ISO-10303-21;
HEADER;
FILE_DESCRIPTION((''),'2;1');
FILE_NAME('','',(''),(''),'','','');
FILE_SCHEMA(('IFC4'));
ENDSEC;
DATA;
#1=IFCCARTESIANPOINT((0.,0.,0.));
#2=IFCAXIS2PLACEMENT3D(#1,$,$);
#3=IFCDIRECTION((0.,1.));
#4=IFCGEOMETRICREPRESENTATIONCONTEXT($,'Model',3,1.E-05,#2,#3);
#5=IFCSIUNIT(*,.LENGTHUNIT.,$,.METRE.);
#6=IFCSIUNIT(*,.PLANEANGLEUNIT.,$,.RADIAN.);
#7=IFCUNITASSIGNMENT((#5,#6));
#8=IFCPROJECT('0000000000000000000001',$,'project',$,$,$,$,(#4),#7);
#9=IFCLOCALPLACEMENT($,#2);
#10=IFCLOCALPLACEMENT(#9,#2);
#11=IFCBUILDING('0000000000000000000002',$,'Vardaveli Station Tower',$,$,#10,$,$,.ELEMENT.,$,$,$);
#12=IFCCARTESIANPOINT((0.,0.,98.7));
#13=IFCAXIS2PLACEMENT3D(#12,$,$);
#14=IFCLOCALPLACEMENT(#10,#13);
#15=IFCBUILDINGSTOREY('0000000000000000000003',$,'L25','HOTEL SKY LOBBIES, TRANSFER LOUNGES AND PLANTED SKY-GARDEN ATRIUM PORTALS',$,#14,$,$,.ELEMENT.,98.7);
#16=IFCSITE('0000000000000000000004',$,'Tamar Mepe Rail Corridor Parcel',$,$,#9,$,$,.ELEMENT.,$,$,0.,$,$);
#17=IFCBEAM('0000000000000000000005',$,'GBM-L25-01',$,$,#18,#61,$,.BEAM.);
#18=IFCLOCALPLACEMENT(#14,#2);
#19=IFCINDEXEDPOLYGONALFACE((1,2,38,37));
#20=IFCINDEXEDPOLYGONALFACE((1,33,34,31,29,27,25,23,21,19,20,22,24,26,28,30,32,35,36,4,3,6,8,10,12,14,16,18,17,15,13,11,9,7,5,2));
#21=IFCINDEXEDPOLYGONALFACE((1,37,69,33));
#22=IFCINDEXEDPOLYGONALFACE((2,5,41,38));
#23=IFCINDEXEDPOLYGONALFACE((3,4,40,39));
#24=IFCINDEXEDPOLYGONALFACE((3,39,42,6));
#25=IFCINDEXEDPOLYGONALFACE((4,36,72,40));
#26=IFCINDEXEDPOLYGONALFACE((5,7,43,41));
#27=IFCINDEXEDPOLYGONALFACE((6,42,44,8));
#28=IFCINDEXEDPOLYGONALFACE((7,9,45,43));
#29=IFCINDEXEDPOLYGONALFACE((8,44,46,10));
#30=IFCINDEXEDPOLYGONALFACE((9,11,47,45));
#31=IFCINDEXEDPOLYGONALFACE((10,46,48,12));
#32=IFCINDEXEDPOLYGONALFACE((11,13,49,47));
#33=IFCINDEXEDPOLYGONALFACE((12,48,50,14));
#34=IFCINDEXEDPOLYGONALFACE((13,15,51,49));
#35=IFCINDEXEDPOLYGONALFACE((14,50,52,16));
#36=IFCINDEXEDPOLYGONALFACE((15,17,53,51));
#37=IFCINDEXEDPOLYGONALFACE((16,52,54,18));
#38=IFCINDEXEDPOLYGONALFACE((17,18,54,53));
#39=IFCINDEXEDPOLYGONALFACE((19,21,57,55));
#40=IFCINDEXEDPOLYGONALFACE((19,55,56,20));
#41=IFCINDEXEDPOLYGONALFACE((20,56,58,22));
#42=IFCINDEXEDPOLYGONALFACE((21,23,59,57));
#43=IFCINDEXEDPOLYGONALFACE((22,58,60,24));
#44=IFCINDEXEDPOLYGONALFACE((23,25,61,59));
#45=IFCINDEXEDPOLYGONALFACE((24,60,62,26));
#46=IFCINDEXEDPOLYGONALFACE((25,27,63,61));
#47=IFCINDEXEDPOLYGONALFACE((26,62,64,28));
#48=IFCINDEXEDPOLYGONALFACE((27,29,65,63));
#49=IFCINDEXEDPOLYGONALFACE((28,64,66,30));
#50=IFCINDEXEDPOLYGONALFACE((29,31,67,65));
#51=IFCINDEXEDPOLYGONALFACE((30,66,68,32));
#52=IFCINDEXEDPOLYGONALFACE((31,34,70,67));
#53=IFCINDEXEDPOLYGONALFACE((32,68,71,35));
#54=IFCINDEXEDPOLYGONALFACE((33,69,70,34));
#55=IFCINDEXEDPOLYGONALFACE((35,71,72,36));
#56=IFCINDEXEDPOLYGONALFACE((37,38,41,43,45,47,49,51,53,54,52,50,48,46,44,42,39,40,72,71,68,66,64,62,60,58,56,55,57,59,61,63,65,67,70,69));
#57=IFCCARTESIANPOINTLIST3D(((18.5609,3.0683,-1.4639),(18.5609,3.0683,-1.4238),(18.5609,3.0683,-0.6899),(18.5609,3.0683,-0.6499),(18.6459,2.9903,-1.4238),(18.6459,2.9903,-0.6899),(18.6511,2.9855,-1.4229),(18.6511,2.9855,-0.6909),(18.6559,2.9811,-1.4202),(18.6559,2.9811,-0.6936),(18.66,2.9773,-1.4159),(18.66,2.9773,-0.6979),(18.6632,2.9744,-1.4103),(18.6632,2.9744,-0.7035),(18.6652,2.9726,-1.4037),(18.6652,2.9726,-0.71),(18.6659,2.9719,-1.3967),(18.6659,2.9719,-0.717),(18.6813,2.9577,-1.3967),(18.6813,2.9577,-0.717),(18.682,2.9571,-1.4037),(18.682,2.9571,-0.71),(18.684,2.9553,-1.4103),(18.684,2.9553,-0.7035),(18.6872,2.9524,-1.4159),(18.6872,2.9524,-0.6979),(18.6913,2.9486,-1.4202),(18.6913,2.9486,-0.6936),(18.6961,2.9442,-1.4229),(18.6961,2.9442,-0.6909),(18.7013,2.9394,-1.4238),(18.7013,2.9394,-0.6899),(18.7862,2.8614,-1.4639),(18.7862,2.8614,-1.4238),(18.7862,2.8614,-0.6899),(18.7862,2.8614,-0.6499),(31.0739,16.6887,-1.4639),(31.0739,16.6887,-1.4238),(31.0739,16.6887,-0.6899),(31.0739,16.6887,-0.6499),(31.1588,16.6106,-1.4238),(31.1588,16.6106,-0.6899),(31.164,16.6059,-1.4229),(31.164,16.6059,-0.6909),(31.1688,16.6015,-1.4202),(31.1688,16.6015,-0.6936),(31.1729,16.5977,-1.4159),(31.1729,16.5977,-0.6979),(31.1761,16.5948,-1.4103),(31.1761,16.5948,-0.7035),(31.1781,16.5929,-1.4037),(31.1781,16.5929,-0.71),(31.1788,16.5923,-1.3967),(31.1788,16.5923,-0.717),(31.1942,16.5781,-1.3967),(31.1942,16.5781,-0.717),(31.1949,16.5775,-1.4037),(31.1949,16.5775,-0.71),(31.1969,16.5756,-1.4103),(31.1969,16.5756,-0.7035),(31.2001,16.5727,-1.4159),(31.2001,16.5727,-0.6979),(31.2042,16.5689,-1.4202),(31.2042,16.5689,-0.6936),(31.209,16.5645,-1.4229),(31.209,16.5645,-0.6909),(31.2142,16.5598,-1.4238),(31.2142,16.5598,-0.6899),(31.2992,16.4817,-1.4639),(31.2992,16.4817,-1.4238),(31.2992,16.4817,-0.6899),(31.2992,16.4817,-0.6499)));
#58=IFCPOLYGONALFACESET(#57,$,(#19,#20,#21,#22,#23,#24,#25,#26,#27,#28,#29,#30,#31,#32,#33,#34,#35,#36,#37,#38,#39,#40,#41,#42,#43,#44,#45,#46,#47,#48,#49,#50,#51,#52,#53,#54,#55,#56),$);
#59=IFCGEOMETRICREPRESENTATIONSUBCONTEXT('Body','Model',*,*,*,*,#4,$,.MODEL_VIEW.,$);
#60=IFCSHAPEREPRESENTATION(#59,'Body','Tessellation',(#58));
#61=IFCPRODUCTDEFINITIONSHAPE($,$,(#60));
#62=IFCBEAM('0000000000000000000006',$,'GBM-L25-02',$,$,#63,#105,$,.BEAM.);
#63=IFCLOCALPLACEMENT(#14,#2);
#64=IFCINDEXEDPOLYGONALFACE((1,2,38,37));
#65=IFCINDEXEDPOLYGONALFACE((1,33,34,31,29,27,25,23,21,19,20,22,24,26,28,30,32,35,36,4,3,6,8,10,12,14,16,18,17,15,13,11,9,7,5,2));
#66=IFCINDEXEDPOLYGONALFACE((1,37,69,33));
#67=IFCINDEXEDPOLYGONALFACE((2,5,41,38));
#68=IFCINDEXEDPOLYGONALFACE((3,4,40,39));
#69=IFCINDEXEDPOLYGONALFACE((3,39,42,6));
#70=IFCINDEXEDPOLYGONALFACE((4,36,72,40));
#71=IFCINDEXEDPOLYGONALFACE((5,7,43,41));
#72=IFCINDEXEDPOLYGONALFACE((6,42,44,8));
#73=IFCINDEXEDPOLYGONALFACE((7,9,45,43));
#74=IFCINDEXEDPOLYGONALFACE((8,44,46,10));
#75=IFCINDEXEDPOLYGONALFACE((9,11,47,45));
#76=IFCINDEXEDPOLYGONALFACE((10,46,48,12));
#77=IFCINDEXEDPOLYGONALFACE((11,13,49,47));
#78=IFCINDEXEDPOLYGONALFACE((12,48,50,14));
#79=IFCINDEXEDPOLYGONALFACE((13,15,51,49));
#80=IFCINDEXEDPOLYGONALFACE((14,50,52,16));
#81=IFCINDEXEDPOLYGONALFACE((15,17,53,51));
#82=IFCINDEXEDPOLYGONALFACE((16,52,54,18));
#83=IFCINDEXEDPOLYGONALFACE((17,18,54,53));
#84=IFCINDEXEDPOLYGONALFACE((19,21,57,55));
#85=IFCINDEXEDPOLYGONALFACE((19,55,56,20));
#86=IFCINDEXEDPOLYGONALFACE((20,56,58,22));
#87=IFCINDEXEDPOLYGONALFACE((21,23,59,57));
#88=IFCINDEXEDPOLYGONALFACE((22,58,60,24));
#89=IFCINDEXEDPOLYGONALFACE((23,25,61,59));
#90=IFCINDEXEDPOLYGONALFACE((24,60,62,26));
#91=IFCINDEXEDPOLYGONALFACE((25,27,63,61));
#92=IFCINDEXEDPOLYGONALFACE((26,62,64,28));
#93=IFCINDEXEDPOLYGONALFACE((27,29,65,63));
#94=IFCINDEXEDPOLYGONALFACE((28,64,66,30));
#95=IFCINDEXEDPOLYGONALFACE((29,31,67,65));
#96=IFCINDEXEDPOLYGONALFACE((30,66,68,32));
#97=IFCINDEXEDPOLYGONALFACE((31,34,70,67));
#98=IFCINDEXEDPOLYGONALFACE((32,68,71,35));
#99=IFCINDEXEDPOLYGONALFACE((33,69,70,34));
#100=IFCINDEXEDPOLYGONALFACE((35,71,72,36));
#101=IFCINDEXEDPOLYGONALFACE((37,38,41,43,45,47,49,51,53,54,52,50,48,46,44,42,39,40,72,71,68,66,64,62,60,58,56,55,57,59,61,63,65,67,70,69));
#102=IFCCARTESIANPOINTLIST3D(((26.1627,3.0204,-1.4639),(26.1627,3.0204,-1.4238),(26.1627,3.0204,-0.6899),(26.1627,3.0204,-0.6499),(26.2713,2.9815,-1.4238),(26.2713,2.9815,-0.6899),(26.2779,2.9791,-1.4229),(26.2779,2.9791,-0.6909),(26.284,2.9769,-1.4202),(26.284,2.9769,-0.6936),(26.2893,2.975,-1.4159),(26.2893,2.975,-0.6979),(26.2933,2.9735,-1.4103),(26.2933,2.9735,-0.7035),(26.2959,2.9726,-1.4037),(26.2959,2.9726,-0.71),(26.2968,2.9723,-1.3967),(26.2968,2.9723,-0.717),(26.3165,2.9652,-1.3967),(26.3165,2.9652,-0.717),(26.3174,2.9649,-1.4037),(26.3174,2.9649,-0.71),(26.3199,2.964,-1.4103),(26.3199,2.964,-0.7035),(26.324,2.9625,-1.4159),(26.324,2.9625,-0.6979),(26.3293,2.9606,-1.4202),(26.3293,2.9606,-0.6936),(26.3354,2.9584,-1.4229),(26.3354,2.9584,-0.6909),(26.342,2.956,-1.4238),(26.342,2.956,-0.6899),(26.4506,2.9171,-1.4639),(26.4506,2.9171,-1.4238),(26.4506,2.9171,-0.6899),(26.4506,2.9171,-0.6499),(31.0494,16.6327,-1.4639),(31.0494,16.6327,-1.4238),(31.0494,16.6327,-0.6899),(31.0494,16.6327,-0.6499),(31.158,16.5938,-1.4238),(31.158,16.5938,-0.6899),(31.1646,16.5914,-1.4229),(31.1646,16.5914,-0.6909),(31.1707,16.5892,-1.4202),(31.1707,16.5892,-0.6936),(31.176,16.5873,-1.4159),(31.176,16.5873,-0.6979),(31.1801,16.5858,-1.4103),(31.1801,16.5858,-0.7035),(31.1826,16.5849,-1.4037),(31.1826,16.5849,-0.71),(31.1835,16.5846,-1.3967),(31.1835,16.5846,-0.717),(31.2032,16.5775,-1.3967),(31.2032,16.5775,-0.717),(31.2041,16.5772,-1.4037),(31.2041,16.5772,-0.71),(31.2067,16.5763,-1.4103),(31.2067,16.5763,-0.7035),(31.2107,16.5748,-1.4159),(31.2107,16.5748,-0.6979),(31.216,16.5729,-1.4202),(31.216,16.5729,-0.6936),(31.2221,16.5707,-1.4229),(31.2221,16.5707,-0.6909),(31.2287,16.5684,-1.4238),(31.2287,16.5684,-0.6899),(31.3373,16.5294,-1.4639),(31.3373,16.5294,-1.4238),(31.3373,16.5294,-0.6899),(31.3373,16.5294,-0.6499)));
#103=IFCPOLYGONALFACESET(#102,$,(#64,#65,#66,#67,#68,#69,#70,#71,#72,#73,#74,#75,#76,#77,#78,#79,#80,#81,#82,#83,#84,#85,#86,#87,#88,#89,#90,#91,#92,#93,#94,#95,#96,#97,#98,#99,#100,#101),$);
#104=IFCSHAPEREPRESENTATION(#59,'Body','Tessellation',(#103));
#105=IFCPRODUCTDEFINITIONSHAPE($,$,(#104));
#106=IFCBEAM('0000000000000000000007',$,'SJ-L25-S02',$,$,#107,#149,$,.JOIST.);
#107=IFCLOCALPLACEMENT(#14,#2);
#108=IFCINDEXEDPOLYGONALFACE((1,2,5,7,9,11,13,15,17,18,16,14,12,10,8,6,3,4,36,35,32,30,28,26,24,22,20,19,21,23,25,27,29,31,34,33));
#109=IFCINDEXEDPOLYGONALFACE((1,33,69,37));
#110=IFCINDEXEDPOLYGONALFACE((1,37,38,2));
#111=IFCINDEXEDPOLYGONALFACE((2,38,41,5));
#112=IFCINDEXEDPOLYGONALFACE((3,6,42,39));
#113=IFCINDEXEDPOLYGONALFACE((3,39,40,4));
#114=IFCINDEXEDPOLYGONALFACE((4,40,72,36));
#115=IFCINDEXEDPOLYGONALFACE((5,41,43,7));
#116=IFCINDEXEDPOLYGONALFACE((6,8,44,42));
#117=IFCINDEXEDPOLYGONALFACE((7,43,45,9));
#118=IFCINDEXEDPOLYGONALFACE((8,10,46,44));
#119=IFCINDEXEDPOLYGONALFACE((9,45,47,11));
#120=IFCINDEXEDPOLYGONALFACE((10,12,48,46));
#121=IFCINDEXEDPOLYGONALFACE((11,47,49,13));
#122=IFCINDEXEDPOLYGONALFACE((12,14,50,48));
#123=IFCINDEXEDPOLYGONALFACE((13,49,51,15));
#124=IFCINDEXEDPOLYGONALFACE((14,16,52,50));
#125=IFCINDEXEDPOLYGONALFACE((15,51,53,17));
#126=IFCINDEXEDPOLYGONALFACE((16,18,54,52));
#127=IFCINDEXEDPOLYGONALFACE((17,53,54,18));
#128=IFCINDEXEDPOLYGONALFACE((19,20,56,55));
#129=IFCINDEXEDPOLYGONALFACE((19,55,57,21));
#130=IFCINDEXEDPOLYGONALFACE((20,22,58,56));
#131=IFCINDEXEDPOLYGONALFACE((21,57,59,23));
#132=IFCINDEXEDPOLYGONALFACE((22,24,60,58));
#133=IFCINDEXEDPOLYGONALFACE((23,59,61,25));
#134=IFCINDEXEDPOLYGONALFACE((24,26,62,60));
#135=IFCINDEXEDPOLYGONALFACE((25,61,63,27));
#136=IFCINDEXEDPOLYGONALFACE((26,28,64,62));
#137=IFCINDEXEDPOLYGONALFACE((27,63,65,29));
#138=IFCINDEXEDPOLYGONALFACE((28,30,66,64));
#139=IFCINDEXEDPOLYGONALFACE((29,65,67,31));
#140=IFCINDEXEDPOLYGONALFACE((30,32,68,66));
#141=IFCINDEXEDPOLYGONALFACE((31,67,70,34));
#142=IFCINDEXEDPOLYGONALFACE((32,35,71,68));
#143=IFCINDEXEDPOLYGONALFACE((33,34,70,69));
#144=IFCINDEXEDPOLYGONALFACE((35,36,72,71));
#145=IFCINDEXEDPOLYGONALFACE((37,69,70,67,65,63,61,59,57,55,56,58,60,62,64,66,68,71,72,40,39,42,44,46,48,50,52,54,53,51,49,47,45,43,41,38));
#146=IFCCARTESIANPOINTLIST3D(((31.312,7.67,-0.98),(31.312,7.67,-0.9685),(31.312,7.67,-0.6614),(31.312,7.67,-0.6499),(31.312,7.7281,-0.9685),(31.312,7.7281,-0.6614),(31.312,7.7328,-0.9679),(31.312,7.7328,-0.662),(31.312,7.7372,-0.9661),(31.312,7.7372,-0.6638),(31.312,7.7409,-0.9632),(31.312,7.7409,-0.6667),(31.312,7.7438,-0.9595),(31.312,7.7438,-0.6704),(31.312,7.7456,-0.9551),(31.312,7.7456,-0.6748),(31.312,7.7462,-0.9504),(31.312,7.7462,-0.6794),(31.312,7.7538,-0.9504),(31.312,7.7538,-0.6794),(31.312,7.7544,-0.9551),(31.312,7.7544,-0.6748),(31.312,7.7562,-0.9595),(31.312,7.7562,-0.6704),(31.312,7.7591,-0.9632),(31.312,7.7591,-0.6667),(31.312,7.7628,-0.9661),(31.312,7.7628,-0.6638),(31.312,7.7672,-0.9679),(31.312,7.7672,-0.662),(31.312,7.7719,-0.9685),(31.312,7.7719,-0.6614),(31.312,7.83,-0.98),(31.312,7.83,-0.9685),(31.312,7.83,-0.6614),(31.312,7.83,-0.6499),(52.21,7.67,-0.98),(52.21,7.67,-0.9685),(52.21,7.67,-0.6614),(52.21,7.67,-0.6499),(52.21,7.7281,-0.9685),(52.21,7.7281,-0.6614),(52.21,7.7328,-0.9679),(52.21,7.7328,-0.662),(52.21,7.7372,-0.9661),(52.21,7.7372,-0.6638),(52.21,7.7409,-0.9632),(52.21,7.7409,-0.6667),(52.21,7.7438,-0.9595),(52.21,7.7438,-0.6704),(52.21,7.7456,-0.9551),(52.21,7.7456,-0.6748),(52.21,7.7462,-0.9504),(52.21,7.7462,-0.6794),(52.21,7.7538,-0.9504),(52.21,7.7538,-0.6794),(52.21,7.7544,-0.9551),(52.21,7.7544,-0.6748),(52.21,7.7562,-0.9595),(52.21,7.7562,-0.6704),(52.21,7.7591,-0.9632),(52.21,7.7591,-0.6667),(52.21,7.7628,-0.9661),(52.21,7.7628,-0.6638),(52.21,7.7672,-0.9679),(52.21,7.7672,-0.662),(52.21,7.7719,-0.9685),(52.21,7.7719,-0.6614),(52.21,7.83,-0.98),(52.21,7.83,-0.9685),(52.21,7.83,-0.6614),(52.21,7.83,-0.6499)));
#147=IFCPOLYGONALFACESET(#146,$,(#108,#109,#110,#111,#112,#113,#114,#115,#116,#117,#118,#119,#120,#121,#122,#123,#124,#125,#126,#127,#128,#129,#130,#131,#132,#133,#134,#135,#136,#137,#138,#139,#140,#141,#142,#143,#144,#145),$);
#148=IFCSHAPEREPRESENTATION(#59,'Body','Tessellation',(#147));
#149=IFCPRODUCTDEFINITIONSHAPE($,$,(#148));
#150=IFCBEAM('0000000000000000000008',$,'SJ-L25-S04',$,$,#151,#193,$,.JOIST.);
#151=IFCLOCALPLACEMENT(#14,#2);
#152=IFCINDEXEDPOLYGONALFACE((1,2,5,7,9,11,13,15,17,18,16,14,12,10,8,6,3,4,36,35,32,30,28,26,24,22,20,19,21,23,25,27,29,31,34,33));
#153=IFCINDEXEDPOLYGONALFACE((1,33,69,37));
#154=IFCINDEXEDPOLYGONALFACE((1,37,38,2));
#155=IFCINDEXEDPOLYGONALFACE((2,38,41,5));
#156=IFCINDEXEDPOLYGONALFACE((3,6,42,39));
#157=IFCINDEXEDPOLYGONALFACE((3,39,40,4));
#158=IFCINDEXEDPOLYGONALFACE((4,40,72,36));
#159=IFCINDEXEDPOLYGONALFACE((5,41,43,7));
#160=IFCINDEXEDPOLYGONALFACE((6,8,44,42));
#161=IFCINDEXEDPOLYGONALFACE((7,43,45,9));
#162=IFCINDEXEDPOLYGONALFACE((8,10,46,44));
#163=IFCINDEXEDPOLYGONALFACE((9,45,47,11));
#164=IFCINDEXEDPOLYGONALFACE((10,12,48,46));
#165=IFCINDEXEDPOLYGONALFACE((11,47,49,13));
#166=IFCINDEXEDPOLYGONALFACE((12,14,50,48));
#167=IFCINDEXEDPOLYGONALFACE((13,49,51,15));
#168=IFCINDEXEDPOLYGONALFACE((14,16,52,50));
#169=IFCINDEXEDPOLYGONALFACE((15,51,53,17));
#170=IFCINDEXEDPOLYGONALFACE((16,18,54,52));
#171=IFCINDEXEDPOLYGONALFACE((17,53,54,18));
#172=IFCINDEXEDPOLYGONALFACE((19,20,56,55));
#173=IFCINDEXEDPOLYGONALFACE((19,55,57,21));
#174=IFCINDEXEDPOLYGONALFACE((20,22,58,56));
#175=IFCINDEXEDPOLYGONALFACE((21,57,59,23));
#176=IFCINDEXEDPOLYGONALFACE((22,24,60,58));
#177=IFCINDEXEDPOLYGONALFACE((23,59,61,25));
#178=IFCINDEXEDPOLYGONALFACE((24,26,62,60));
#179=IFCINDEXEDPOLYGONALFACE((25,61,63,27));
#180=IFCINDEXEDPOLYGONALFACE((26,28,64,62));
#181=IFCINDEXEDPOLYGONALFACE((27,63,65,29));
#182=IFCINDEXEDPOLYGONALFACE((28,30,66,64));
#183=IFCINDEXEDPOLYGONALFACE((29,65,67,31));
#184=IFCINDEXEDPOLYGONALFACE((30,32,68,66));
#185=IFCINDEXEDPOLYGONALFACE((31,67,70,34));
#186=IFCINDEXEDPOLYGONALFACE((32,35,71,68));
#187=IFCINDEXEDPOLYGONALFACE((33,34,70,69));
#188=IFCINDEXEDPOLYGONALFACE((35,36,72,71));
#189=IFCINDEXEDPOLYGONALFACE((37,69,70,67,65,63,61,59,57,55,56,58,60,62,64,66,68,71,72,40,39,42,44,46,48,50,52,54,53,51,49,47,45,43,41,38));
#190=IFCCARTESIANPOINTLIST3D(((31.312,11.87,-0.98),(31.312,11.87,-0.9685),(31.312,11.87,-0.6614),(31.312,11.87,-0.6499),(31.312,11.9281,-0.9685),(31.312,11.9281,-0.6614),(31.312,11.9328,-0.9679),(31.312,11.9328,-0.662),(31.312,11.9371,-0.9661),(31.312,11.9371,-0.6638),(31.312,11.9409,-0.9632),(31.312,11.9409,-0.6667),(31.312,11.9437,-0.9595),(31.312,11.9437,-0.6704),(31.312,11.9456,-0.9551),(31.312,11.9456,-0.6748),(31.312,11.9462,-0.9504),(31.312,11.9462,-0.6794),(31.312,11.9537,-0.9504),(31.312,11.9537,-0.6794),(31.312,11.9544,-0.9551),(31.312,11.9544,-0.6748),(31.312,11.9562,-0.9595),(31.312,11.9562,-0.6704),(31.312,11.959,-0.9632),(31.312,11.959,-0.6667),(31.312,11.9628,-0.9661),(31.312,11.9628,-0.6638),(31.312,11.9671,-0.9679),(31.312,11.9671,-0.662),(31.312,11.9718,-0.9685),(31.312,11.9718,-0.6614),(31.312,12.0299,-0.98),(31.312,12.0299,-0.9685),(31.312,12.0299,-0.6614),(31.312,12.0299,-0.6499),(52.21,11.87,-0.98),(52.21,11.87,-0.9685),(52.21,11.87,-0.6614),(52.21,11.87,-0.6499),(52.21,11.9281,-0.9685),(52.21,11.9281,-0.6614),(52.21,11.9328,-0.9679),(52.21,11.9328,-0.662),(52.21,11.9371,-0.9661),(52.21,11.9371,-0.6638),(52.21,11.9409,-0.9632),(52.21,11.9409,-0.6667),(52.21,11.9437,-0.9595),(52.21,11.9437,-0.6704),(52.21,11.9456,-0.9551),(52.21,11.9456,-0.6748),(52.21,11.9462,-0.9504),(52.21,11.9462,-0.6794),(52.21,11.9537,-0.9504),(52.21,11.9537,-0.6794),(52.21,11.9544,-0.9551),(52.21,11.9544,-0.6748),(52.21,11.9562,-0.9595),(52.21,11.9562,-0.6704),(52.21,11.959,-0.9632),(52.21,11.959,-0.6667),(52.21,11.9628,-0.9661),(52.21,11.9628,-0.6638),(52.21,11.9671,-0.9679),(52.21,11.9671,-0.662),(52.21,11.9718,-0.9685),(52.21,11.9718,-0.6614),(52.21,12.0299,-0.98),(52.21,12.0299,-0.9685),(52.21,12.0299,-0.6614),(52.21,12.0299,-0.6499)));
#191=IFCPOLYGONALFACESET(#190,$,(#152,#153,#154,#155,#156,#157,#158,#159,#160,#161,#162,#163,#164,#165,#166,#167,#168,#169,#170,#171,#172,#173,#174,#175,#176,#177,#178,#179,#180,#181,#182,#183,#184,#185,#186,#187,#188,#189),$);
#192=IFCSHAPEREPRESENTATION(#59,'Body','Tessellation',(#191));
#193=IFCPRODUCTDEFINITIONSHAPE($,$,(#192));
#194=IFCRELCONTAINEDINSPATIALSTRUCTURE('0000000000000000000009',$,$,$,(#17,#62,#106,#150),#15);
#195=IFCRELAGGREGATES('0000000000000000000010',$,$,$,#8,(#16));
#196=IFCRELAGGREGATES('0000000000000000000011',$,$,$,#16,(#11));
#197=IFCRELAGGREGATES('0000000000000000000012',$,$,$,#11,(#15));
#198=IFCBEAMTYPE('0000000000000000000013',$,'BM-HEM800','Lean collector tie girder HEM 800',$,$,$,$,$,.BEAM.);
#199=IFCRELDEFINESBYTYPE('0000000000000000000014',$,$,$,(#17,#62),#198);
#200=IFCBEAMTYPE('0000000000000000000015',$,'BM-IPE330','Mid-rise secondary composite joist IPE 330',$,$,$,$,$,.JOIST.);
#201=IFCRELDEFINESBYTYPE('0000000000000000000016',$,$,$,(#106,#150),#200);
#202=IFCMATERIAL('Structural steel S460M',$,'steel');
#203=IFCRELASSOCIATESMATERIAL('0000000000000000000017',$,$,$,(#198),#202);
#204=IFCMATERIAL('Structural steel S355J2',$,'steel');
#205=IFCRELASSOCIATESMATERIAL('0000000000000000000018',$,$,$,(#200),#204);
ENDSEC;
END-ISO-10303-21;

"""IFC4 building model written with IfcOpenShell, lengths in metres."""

from ifc_helpers import new_model, si_unit, direction, frame, origin, origin_2d, place, context, subcontext, project, spatial, i_section, extrude, source, transform, mapped, material, material_profile, profile_set, type_object, element, save


model = new_model("IFC4")

# Units and contexts
model_context = context("Model", 3, precision=1e-05, world=origin(), true_north=direction((0.0, 1.0)))
body_context = subcontext(model_context, "Body", "Model", "MODEL_VIEW")
ifc_project = project(units=[si_unit("LENGTHUNIT", "METRE"), si_unit("PLANEANGLEUNIT", "RADIAN")], contexts=[model_context])

# Site, building, storey
site_placement = place(None, origin())
site = spatial("IfcSite", under=ifc_project, at=site_placement, Name="Tamar Mepe Rail Corridor Parcel", CompositionType="ELEMENT", RefElevation=0.0)
building_placement = place(site_placement, origin())
building = spatial("IfcBuilding", under=site, at=building_placement, Name="Vardaveli Station Tower", CompositionType="ELEMENT")
storey_placement = place(building_placement, frame((0.0, 0.0, 98.7)))
storey = spatial("IfcBuildingStorey", under=building, at=storey_placement, Name="L25", Description="HOTEL SKY LOBBIES, TRANSFER LOUNGES AND PLANTED SKY-GARDEN ATRIUM PORTALS", CompositionType="ELEMENT", Elevation=98.7)

# Shared definitions
ifc_material_1 = material(Name="Structural steel S460M", Category="steel")

# Beams
ifc_material_2 = material(Name="Structural steel S355J2", Category="steel")
ifc_material_profile_1 = material_profile(ifc_material_1, i_section(OverallWidth=0.3059, OverallDepth=0.814, WebThickness=0.021, FlangeThickness=0.04, FilletRadius=0.0271, at=origin_2d()), Name="HEM 800")
ifc_profile_set_1 = profile_set([ifc_material_profile_1], Name="Structural steel S460M")
beam_type_1 = type_object("IfcBeamType", Name="BM-HEM800", Description="Lean collector tie girder HEM 800", PredefinedType="BEAM", material=ifc_profile_set_1)
shared_shape_1 = source(origin(), body_context, "Body", "SweptSolid", [
    extrude(i_section(OverallWidth=0.3059, OverallDepth=0.814, WebThickness=0.021, FlangeThickness=0.04, FilletRadius=0.0271, at=origin_2d()), origin(), (0.0, 0.0, 1.0), 18.4956),
])
beam_1_placement = place(storey_placement, frame((18.6736, 2.9648, -1.0569), z_axis=(0.676535, 0.73641, 0.0), x_axis=(-0.73641, 0.676535, 0.0)))
element("IfcBeam", 1, at=beam_1_placement, inside=storey, type_object=beam_type_1, Name="GBM-L25-01", PredefinedType="BEAM", context=body_context, shape_type="MappedRepresentation", body=[
    mapped(shared_shape_1, transform((0.0, 0.0, 0.0), scale=1.0)),
])
shared_shape_2 = source(origin(), body_context, "Body", "SweptSolid", [
    extrude(i_section(OverallWidth=0.3059, OverallDepth=0.814, WebThickness=0.021, FlangeThickness=0.04, FilletRadius=0.0271, at=origin_2d()), origin(), (0.0, 0.0, 1.0), 14.4629),
])
beam_2_placement = place(storey_placement, frame((26.3066, 2.9688, -1.0569), z_axis=(0.33788, 0.941189, 0.0), x_axis=(-0.941189, 0.33788, 0.0)))
element("IfcBeam", 2, at=beam_2_placement, inside=storey, type_object=beam_type_1, Name="GBM-L25-02", PredefinedType="BEAM", context=body_context, shape_type="MappedRepresentation", body=[
    mapped(shared_shape_2, transform((0.0, 0.0, 0.0), scale=1.0)),
])
ifc_material_profile_2 = material_profile(ifc_material_2, i_section(OverallWidth=0.1599, OverallDepth=0.3301, WebThickness=0.0076, FlangeThickness=0.0115, FilletRadius=0.0181, at=origin_2d()), Name="IPE 330")
ifc_profile_set_2 = profile_set([ifc_material_profile_2], Name="Structural steel S355J2")
beam_type_2 = type_object("IfcBeamType", Name="BM-IPE330", Description="Mid-rise secondary composite joist IPE 330", PredefinedType="JOIST", material=ifc_profile_set_2)
shared_shape_3 = source(origin(), body_context, "Body", "SweptSolid", [
    extrude(i_section(OverallWidth=0.1599, OverallDepth=0.3301, WebThickness=0.0076, FlangeThickness=0.0115, FilletRadius=0.0181, at=origin_2d()), origin(), (0.0, 0.0, 1.0), 20.8979),
])
for number, where, z_axis, x_axis, name in (
    (3, (31.312, 7.75, -0.8149), (1.0, 0.0, 0.0), (0.0, 1.0, 0.0), "SJ-L25-S02"),
    (4, (31.312, 11.95, -0.8149), (1.0, 0.0, 0.0), (0.0, 1.0, 0.0), "SJ-L25-S04"),
):
    element("IfcBeam", number, at=place(storey_placement, frame(where, z_axis=z_axis, x_axis=x_axis)), inside=storey, type_object=beam_type_2, Name=name, PredefinedType="JOIST", context=body_context, shape_type="MappedRepresentation", body=[
        mapped(shared_shape_3, transform((0.0, 0.0, 0.0), scale=1.0)),
    ])

save(model, "model.ifc")
